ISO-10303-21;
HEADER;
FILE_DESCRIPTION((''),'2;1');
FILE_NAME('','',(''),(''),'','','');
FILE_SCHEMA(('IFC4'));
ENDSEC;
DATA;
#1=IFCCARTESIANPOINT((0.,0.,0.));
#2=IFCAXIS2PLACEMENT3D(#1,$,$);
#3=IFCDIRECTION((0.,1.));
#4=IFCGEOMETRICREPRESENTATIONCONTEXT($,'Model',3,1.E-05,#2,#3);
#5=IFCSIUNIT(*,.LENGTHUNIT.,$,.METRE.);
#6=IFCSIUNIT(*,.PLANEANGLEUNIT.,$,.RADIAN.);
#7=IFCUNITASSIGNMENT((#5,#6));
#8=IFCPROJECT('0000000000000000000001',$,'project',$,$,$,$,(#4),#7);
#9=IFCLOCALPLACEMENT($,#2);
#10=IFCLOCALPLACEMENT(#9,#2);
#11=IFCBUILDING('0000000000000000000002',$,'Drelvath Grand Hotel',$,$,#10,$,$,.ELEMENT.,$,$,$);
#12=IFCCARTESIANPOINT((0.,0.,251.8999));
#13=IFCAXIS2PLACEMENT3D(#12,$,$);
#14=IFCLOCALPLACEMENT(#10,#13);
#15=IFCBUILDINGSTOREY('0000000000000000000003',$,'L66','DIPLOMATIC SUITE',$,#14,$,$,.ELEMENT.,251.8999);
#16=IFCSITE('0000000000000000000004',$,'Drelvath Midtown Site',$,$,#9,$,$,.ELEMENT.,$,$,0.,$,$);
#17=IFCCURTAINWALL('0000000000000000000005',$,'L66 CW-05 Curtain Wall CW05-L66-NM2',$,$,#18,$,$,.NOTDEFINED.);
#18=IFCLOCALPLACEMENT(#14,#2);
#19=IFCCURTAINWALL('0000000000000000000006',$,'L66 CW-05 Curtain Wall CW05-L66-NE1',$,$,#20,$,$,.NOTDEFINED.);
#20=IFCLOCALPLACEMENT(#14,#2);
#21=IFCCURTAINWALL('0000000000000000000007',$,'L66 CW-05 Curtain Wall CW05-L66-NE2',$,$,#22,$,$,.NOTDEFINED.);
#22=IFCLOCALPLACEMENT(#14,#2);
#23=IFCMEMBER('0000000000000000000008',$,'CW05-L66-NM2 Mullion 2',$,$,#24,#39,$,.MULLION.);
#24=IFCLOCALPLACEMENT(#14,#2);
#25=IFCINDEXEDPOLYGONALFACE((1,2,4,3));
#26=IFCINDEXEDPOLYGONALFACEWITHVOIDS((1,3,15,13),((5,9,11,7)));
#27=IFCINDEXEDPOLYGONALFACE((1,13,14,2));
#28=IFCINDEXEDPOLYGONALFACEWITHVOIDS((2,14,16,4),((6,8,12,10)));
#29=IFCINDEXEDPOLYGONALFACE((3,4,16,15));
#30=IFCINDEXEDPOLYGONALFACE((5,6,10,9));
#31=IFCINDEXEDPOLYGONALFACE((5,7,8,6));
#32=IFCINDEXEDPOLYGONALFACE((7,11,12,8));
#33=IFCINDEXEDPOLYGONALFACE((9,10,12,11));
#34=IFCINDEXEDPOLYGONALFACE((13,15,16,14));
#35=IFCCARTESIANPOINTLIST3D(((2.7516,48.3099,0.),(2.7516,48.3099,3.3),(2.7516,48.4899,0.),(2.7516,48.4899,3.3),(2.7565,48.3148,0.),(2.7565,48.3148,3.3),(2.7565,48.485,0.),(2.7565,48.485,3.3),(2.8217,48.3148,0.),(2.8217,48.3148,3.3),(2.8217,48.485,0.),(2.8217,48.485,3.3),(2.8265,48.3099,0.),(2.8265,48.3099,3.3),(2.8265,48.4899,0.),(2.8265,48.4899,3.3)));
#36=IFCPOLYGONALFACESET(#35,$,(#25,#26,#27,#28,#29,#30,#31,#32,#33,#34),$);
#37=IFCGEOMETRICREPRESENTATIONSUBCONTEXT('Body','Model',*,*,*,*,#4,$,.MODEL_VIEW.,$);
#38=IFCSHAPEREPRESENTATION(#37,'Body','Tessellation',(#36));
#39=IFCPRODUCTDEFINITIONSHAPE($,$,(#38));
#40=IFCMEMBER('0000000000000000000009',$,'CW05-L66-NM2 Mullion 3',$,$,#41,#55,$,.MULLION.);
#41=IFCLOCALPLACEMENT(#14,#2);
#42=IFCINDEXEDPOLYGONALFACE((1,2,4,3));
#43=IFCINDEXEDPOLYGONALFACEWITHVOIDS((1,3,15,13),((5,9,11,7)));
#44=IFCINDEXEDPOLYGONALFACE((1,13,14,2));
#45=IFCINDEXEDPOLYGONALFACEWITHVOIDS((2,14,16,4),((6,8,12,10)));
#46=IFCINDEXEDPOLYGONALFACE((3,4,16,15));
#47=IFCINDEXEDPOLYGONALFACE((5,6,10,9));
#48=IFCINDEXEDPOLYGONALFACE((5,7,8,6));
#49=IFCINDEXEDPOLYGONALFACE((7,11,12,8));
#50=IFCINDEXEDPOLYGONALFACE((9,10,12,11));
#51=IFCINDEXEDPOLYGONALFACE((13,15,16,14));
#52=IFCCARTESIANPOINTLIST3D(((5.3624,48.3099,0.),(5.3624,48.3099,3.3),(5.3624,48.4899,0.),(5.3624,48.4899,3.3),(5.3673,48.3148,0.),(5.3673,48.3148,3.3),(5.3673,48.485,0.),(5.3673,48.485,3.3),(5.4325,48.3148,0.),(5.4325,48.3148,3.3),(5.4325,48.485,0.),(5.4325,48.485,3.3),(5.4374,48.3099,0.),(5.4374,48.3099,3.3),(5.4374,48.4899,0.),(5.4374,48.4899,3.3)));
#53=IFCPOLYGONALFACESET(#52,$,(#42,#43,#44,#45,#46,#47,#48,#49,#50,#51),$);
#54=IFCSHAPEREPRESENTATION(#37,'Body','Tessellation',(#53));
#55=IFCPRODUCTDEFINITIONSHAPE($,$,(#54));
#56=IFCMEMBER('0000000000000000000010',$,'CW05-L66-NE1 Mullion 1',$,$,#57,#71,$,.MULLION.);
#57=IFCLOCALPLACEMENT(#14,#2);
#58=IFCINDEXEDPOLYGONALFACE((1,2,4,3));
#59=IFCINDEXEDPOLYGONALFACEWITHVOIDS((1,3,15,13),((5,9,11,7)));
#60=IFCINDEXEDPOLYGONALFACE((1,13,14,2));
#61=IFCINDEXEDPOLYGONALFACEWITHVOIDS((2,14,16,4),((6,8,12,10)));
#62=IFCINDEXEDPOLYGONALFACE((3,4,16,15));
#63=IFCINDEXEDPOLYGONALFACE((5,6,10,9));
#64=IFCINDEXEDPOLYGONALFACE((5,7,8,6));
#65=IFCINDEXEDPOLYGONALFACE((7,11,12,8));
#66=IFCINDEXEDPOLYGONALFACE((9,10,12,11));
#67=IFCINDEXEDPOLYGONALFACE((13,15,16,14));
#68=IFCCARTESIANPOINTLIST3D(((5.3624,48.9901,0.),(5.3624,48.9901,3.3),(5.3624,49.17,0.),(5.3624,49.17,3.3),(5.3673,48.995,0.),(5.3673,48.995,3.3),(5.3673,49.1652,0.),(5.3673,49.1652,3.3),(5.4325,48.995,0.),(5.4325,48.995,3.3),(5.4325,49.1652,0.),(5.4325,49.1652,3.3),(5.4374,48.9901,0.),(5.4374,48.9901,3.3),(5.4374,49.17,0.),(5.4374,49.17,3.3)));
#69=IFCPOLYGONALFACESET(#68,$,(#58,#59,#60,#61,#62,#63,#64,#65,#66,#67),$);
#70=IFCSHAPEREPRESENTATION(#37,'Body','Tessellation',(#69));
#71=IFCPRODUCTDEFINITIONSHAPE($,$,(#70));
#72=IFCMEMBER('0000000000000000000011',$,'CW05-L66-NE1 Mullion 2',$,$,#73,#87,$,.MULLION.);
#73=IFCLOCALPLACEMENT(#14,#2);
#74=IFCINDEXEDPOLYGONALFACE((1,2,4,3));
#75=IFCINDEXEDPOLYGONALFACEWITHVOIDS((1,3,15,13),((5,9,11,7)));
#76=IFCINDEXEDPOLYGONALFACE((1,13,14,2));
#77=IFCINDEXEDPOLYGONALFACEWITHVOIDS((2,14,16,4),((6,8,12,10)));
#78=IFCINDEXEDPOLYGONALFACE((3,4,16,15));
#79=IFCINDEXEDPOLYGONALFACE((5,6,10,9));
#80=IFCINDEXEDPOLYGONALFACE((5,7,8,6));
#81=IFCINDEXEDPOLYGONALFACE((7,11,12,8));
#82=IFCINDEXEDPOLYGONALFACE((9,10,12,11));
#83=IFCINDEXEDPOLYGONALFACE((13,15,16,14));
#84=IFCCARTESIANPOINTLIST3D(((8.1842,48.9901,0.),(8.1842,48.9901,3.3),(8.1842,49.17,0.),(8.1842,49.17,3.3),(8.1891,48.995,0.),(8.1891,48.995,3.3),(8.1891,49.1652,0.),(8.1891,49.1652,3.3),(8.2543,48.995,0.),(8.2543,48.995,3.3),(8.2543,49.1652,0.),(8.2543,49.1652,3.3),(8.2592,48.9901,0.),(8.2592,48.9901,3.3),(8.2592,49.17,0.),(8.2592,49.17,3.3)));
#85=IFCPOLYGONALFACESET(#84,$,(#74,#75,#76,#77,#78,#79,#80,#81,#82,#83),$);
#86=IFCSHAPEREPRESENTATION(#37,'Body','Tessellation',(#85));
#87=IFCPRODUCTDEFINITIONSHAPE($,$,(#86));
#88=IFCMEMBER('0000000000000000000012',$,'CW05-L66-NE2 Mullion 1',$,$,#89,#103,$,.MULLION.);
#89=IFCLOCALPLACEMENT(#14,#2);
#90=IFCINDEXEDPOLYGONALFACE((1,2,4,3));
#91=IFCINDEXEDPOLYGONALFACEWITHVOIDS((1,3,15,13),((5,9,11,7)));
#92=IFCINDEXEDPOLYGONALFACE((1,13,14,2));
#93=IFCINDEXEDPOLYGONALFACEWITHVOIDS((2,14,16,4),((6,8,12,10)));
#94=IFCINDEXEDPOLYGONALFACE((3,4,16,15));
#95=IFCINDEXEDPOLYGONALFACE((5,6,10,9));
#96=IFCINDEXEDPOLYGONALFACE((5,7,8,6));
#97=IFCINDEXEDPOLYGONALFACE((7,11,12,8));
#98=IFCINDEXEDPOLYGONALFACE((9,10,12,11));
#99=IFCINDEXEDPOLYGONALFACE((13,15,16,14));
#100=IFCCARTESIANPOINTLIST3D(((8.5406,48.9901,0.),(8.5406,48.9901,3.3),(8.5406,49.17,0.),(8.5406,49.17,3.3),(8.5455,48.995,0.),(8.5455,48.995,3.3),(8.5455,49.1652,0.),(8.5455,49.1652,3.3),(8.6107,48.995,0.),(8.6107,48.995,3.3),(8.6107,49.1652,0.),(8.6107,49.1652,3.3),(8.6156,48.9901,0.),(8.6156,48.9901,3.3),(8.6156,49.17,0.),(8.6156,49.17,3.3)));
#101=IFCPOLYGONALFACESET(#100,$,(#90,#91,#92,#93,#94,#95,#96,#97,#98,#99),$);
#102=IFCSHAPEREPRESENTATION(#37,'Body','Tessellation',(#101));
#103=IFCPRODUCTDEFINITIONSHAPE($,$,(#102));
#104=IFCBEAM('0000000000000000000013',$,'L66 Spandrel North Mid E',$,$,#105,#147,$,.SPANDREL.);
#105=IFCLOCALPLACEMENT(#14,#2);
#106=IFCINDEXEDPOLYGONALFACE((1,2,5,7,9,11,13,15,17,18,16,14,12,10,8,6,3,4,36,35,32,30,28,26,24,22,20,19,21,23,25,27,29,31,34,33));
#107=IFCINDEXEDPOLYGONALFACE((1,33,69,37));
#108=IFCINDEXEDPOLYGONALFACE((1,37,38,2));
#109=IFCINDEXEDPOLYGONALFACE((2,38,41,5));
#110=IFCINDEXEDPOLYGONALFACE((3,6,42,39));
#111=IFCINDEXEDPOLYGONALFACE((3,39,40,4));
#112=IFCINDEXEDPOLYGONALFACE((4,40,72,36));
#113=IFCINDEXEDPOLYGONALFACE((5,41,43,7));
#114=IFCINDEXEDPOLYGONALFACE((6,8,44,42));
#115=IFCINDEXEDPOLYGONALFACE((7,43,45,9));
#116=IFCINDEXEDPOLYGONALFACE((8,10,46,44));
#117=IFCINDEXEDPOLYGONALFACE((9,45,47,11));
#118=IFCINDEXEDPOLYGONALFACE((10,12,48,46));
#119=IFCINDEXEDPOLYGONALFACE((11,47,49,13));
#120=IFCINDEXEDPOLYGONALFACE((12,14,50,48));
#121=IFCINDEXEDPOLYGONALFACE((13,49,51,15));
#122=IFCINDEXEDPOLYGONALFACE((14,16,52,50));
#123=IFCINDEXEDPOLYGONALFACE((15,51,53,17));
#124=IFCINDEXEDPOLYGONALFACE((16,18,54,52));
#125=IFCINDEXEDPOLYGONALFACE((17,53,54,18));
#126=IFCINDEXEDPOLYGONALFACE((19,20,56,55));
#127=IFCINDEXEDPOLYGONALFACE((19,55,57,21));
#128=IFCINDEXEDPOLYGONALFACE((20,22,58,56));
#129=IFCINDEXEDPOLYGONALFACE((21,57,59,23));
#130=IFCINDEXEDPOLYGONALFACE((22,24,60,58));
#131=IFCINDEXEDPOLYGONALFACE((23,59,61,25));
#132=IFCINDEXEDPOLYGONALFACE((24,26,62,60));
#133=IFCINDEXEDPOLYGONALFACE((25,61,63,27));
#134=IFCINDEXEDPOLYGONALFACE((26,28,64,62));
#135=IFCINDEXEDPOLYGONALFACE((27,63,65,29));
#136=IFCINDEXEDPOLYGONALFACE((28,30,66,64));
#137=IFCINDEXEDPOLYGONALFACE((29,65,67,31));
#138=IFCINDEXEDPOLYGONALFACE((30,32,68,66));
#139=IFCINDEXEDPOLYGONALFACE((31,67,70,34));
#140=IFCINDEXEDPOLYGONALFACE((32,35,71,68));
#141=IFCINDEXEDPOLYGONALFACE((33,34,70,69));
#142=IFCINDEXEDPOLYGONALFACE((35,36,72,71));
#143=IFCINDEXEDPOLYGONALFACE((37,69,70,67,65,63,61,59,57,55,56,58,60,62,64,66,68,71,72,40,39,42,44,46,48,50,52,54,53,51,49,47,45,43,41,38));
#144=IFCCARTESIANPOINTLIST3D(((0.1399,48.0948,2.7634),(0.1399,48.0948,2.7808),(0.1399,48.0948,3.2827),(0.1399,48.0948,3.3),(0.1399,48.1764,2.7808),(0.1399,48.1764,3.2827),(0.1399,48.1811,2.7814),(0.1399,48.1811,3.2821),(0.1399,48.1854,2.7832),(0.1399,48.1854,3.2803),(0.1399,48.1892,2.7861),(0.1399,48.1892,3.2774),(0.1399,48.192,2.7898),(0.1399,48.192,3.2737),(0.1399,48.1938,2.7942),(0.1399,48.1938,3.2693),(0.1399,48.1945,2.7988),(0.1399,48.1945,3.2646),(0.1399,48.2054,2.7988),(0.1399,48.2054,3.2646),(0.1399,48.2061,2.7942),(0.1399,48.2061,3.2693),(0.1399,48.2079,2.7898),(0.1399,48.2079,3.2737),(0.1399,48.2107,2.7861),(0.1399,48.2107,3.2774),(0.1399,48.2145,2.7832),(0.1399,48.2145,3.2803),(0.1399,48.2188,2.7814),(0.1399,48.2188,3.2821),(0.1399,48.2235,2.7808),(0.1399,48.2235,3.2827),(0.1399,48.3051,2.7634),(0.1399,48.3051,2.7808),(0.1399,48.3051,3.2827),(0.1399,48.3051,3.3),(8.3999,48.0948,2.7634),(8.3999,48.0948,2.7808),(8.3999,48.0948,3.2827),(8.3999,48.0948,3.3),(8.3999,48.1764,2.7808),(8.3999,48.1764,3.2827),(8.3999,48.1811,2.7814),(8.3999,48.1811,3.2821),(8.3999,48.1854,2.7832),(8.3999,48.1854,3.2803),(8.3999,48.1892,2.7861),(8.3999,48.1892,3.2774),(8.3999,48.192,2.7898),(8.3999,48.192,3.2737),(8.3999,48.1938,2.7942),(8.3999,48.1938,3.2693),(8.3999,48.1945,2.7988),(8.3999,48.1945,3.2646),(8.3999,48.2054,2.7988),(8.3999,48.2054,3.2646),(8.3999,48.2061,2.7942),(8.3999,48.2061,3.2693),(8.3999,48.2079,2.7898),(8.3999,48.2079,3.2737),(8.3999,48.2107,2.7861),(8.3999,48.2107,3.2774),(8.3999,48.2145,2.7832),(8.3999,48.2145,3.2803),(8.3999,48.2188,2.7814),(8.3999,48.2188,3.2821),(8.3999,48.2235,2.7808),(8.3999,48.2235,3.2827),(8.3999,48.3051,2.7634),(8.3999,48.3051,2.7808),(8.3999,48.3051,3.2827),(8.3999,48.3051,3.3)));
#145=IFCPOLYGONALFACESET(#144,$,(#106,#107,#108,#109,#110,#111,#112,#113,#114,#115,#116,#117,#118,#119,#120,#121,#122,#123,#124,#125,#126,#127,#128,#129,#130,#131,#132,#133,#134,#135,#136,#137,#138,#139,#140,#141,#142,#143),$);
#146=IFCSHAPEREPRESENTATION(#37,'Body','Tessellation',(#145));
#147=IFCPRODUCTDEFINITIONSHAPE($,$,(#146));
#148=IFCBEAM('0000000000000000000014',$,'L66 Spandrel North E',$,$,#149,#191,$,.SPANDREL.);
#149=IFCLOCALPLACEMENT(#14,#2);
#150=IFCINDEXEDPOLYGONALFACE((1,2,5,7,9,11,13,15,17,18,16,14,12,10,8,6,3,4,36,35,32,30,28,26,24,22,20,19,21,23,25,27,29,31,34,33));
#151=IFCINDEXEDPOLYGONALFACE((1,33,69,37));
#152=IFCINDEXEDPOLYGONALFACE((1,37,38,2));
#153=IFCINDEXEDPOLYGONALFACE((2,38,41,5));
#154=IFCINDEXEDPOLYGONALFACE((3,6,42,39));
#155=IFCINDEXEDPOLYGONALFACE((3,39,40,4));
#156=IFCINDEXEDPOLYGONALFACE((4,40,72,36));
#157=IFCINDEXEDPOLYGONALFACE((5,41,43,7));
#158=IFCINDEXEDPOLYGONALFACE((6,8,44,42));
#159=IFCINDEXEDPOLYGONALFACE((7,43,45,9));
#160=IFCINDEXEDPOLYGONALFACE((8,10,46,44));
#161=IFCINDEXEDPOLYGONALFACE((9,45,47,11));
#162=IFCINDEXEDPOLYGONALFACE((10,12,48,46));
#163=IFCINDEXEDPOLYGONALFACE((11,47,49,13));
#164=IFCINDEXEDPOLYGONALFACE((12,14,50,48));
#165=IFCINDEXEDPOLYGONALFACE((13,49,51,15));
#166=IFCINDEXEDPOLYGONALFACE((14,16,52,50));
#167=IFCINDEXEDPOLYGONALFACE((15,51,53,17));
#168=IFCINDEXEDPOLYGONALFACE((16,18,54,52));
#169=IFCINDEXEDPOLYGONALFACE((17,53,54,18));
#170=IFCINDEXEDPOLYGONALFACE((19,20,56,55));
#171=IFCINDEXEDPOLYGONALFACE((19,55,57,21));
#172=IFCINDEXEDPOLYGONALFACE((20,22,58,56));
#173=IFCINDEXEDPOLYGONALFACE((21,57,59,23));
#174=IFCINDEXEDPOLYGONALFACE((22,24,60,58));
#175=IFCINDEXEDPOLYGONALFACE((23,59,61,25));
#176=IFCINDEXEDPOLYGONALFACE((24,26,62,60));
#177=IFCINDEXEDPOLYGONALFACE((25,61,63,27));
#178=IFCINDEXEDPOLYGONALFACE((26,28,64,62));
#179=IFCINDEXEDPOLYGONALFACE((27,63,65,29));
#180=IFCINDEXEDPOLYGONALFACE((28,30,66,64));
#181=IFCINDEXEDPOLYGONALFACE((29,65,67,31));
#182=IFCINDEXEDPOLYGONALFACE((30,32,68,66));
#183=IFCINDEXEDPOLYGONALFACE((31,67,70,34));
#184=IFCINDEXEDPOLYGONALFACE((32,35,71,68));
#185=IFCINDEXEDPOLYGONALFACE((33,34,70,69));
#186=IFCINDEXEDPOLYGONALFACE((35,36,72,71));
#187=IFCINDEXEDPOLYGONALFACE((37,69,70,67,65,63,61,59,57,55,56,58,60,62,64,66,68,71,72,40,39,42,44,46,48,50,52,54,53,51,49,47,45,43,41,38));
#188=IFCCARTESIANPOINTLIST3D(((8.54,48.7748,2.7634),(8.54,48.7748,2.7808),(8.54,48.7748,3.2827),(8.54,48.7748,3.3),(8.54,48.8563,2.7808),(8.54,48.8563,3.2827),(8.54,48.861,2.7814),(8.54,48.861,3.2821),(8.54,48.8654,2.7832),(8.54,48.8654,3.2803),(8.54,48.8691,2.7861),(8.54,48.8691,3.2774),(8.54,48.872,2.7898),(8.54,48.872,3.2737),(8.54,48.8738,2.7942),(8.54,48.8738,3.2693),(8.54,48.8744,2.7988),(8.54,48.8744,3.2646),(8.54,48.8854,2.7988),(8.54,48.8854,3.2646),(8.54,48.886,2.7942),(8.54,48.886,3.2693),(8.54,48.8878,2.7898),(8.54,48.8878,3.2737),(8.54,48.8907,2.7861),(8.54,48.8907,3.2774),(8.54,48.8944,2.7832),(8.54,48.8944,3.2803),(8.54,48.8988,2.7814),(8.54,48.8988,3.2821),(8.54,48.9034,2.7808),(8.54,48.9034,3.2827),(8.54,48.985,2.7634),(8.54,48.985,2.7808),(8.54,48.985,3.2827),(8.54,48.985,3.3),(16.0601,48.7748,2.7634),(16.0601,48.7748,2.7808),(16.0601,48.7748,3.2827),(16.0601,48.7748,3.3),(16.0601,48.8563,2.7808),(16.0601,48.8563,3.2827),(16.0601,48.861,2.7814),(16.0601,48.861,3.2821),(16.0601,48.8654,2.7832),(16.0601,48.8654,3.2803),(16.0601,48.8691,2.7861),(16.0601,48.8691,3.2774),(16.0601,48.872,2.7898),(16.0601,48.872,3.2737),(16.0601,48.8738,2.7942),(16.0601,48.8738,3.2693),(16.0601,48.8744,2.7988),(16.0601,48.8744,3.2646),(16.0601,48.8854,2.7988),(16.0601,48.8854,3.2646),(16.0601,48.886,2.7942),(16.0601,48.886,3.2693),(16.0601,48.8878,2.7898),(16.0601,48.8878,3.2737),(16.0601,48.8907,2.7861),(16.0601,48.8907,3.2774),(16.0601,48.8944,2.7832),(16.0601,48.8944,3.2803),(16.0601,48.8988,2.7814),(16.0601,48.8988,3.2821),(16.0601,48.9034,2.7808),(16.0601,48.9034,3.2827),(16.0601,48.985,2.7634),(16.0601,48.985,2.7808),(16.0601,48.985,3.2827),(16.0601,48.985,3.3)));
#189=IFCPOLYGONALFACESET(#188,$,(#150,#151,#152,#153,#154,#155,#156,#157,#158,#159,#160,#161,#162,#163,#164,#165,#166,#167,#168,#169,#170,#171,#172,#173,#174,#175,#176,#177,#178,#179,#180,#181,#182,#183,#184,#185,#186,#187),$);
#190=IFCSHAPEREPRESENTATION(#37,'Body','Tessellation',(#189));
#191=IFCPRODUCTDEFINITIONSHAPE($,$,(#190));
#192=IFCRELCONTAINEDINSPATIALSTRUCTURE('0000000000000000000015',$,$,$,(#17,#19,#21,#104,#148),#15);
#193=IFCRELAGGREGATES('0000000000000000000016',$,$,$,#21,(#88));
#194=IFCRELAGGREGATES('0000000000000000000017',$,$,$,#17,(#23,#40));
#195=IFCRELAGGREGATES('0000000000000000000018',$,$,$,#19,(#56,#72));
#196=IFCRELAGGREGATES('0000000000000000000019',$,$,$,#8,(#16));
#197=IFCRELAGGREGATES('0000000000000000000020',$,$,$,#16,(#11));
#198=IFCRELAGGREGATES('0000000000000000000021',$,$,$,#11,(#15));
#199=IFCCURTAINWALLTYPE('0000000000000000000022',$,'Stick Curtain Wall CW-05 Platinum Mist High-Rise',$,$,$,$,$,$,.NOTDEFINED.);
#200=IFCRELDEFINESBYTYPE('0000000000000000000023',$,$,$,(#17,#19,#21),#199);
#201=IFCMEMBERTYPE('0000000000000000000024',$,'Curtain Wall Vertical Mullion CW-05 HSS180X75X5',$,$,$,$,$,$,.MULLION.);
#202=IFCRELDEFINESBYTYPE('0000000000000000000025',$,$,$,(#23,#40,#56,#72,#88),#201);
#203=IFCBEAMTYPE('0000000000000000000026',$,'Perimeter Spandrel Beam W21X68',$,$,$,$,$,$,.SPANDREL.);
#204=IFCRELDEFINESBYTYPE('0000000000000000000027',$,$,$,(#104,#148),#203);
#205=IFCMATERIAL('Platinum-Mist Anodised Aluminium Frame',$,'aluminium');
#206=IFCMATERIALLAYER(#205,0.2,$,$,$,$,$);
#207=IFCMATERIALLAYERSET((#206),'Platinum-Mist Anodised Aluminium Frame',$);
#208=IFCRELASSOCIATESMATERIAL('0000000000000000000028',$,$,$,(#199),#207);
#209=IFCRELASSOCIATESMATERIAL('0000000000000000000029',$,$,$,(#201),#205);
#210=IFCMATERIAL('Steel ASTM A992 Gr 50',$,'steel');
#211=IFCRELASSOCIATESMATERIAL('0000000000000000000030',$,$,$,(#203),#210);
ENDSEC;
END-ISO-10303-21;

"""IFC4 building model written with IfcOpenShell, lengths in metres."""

from ifc_helpers import new_model, si_unit, direction, frame, origin, origin_2d, place, context, subcontext, project, spatial, hollow_rectangle, i_section, extrude, material, layer, layer_set, material_profile, profile_set, type_object, element, aggregate, save


model = new_model("IFC4")

# Units and contexts
model_context = context("Model", 3, precision=1e-05, world=origin(), true_north=direction((0.0, 1.0)))
body_context = subcontext(model_context, "Body", "Model", "MODEL_VIEW")
ifc_project = project(units=[si_unit("LENGTHUNIT", "METRE"), si_unit("PLANEANGLEUNIT", "RADIAN")], contexts=[model_context])

# Site, building, storey
site_placement = place(None, origin())
site = spatial("IfcSite", under=ifc_project, at=site_placement, Name="Drelvath Midtown Site", CompositionType="ELEMENT", RefElevation=0.0)
building_placement = place(site_placement, origin())
building = spatial("IfcBuilding", under=site, at=building_placement, Name="Drelvath Grand Hotel", CompositionType="ELEMENT")
storey_placement = place(building_placement, frame((0.0, 0.0, 251.8999)))
storey = spatial("IfcBuildingStorey", under=building, at=storey_placement, Name="L66", Description="DIPLOMATIC SUITE", CompositionType="ELEMENT", Elevation=251.8999)

# Curtain walls
ifc_material_1 = material(Name="Platinum-Mist Anodised Aluminium Frame", Category="aluminium")
ifc_layer_1 = layer(ifc_material_1, 0.2)
ifc_layer_set_1 = layer_set([ifc_layer_1], Name="Platinum-Mist Anodised Aluminium Frame")
curtain_wall_type = type_object("IfcCurtainWallType", Name="Stick Curtain Wall CW-05 Platinum Mist High-Rise", PredefinedType="NOTDEFINED", material=ifc_layer_set_1)
curtain_wall_1_placement = place(storey_placement, origin())
curtain_wall_1 = element("IfcCurtainWall", 1, at=curtain_wall_1_placement, inside=storey, type_object=curtain_wall_type, Name="L66 CW-05 Curtain Wall CW05-L66-NM2", PredefinedType="NOTDEFINED")
curtain_wall_2_placement = place(storey_placement, origin())
curtain_wall_2 = element("IfcCurtainWall", 2, at=curtain_wall_2_placement, inside=storey, type_object=curtain_wall_type, Name="L66 CW-05 Curtain Wall CW05-L66-NE1", PredefinedType="NOTDEFINED")
curtain_wall_3_placement = place(storey_placement, origin())
curtain_wall_3 = element("IfcCurtainWall", 3, at=curtain_wall_3_placement, inside=storey, type_object=curtain_wall_type, Name="L66 CW-05 Curtain Wall CW05-L66-NE2", PredefinedType="NOTDEFINED")
ifc_material_profile_1 = material_profile(ifc_material_1, hollow_rectangle(XDim=0.075, YDim=0.1799, WallThickness=0.0049, at=origin_2d()), Name="HSS180X75X5")
ifc_profile_set_1 = profile_set([ifc_material_profile_1], Name="Platinum-Mist Anodised Aluminium Frame")
member_type_1 = type_object("IfcMemberType", Name="Curtain Wall Vertical Mullion CW-05 HSS180X75X5", PredefinedType="MULLION", material=ifc_profile_set_1)

# Members
member_1_placement = place(storey_placement, frame((2.7891, 48.3999, 0.0), z_axis=(0.0, 0.0, 1.0), x_axis=(1.0, 0.0, 0.0)))
member_1 = element("IfcMember", 4, at=member_1_placement, type_object=member_type_1, Name="CW05-L66-NM2 Mullion 2", PredefinedType="MULLION", context=body_context, shape_type="SweptSolid", body=[
    extrude(hollow_rectangle(XDim=0.075, YDim=0.1799, WallThickness=0.0049, at=origin_2d()), origin(), (0.0, 0.0, 1.0), 3.3),
])
member_2_placement = place(storey_placement, frame((5.3999, 48.3999, 0.0), z_axis=(0.0, 0.0, 1.0), x_axis=(1.0, 0.0, 0.0)))
member_2 = element("IfcMember", 5, at=member_2_placement, type_object=member_type_1, Name="CW05-L66-NM2 Mullion 3", PredefinedType="MULLION", context=body_context, shape_type="SweptSolid", body=[
    extrude(hollow_rectangle(XDim=0.075, YDim=0.1799, WallThickness=0.0049, at=origin_2d()), origin(), (0.0, 0.0, 1.0), 3.3),
])
member_3_placement = place(storey_placement, frame((5.3999, 49.0801, 0.0), z_axis=(0.0, 0.0, 1.0), x_axis=(1.0, 0.0, 0.0)))
member_3 = element("IfcMember", 6, at=member_3_placement, type_object=member_type_1, Name="CW05-L66-NE1 Mullion 1", PredefinedType="MULLION", context=body_context, shape_type="SweptSolid", body=[
    extrude(hollow_rectangle(XDim=0.075, YDim=0.1799, WallThickness=0.0049, at=origin_2d()), origin(), (0.0, 0.0, 1.0), 3.3),
])
member_4_placement = place(storey_placement, frame((8.2217, 49.0801, 0.0), z_axis=(0.0, 0.0, 1.0), x_axis=(1.0, 0.0, 0.0)))
member_4 = element("IfcMember", 7, at=member_4_placement, type_object=member_type_1, Name="CW05-L66-NE1 Mullion 2", PredefinedType="MULLION", context=body_context, shape_type="SweptSolid", body=[
    extrude(hollow_rectangle(XDim=0.075, YDim=0.1799, WallThickness=0.0049, at=origin_2d()), origin(), (0.0, 0.0, 1.0), 3.3),
])
member_5_placement = place(storey_placement, frame((8.5781, 49.0801, 0.0), z_axis=(0.0, 0.0, 1.0), x_axis=(1.0, 0.0, 0.0)))
member_5 = element("IfcMember", 8, at=member_5_placement, type_object=member_type_1, Name="CW05-L66-NE2 Mullion 1", PredefinedType="MULLION", context=body_context, shape_type="SweptSolid", body=[
    extrude(hollow_rectangle(XDim=0.075, YDim=0.1799, WallThickness=0.0049, at=origin_2d()), origin(), (0.0, 0.0, 1.0), 3.3),
])
aggregate(curtain_wall_3, [member_5])

# Beams
ifc_material_2 = material(Name="Steel ASTM A992 Gr 50", Category="steel")
ifc_material_profile_2 = material_profile(ifc_material_2, i_section(OverallWidth=0.2102, OverallDepth=0.5366, WebThickness=0.011, FlangeThickness=0.0173, FilletRadius=0.0181, at=origin_2d()), Name="W21X68")
ifc_profile_set_2 = profile_set([ifc_material_profile_2], Name="Steel ASTM A992 Gr 50")
beam_type_1 = type_object("IfcBeamType", Name="Perimeter Spandrel Beam W21X68", PredefinedType="SPANDREL", material=ifc_profile_set_2)
beam_1_placement = place(storey_placement, frame((0.1399, 48.2, 3.0317), z_axis=(1.0, 0.0, 0.0), x_axis=(0.0, 1.0, 0.0)))
element("IfcBeam", 9, at=beam_1_placement, inside=storey, type_object=beam_type_1, Name="L66 Spandrel North Mid E", PredefinedType="SPANDREL", context=body_context, shape_type="SweptSolid", body=[
    extrude(i_section(OverallWidth=0.2102, OverallDepth=0.5366, WebThickness=0.011, FlangeThickness=0.0173, FilletRadius=0.0181, at=origin_2d()), origin(), (0.0, 0.0, 1.0), 8.26),
])
beam_2_placement = place(storey_placement, frame((8.54, 48.8799, 3.0317), z_axis=(1.0, 0.0, 0.0), x_axis=(0.0, 1.0, 0.0)))
element("IfcBeam", 10, at=beam_2_placement, inside=storey, type_object=beam_type_1, Name="L66 Spandrel North E", PredefinedType="SPANDREL", context=body_context, shape_type="SweptSolid", body=[
    extrude(i_section(OverallWidth=0.2102, OverallDepth=0.5366, WebThickness=0.011, FlangeThickness=0.0173, FilletRadius=0.0181, at=origin_2d()), origin(), (0.0, 0.0, 1.0), 7.52),
])

aggregate(curtain_wall_1, [member_1, member_2])
aggregate(curtain_wall_2, [member_3, member_4])

save(model, "model.ifc")
